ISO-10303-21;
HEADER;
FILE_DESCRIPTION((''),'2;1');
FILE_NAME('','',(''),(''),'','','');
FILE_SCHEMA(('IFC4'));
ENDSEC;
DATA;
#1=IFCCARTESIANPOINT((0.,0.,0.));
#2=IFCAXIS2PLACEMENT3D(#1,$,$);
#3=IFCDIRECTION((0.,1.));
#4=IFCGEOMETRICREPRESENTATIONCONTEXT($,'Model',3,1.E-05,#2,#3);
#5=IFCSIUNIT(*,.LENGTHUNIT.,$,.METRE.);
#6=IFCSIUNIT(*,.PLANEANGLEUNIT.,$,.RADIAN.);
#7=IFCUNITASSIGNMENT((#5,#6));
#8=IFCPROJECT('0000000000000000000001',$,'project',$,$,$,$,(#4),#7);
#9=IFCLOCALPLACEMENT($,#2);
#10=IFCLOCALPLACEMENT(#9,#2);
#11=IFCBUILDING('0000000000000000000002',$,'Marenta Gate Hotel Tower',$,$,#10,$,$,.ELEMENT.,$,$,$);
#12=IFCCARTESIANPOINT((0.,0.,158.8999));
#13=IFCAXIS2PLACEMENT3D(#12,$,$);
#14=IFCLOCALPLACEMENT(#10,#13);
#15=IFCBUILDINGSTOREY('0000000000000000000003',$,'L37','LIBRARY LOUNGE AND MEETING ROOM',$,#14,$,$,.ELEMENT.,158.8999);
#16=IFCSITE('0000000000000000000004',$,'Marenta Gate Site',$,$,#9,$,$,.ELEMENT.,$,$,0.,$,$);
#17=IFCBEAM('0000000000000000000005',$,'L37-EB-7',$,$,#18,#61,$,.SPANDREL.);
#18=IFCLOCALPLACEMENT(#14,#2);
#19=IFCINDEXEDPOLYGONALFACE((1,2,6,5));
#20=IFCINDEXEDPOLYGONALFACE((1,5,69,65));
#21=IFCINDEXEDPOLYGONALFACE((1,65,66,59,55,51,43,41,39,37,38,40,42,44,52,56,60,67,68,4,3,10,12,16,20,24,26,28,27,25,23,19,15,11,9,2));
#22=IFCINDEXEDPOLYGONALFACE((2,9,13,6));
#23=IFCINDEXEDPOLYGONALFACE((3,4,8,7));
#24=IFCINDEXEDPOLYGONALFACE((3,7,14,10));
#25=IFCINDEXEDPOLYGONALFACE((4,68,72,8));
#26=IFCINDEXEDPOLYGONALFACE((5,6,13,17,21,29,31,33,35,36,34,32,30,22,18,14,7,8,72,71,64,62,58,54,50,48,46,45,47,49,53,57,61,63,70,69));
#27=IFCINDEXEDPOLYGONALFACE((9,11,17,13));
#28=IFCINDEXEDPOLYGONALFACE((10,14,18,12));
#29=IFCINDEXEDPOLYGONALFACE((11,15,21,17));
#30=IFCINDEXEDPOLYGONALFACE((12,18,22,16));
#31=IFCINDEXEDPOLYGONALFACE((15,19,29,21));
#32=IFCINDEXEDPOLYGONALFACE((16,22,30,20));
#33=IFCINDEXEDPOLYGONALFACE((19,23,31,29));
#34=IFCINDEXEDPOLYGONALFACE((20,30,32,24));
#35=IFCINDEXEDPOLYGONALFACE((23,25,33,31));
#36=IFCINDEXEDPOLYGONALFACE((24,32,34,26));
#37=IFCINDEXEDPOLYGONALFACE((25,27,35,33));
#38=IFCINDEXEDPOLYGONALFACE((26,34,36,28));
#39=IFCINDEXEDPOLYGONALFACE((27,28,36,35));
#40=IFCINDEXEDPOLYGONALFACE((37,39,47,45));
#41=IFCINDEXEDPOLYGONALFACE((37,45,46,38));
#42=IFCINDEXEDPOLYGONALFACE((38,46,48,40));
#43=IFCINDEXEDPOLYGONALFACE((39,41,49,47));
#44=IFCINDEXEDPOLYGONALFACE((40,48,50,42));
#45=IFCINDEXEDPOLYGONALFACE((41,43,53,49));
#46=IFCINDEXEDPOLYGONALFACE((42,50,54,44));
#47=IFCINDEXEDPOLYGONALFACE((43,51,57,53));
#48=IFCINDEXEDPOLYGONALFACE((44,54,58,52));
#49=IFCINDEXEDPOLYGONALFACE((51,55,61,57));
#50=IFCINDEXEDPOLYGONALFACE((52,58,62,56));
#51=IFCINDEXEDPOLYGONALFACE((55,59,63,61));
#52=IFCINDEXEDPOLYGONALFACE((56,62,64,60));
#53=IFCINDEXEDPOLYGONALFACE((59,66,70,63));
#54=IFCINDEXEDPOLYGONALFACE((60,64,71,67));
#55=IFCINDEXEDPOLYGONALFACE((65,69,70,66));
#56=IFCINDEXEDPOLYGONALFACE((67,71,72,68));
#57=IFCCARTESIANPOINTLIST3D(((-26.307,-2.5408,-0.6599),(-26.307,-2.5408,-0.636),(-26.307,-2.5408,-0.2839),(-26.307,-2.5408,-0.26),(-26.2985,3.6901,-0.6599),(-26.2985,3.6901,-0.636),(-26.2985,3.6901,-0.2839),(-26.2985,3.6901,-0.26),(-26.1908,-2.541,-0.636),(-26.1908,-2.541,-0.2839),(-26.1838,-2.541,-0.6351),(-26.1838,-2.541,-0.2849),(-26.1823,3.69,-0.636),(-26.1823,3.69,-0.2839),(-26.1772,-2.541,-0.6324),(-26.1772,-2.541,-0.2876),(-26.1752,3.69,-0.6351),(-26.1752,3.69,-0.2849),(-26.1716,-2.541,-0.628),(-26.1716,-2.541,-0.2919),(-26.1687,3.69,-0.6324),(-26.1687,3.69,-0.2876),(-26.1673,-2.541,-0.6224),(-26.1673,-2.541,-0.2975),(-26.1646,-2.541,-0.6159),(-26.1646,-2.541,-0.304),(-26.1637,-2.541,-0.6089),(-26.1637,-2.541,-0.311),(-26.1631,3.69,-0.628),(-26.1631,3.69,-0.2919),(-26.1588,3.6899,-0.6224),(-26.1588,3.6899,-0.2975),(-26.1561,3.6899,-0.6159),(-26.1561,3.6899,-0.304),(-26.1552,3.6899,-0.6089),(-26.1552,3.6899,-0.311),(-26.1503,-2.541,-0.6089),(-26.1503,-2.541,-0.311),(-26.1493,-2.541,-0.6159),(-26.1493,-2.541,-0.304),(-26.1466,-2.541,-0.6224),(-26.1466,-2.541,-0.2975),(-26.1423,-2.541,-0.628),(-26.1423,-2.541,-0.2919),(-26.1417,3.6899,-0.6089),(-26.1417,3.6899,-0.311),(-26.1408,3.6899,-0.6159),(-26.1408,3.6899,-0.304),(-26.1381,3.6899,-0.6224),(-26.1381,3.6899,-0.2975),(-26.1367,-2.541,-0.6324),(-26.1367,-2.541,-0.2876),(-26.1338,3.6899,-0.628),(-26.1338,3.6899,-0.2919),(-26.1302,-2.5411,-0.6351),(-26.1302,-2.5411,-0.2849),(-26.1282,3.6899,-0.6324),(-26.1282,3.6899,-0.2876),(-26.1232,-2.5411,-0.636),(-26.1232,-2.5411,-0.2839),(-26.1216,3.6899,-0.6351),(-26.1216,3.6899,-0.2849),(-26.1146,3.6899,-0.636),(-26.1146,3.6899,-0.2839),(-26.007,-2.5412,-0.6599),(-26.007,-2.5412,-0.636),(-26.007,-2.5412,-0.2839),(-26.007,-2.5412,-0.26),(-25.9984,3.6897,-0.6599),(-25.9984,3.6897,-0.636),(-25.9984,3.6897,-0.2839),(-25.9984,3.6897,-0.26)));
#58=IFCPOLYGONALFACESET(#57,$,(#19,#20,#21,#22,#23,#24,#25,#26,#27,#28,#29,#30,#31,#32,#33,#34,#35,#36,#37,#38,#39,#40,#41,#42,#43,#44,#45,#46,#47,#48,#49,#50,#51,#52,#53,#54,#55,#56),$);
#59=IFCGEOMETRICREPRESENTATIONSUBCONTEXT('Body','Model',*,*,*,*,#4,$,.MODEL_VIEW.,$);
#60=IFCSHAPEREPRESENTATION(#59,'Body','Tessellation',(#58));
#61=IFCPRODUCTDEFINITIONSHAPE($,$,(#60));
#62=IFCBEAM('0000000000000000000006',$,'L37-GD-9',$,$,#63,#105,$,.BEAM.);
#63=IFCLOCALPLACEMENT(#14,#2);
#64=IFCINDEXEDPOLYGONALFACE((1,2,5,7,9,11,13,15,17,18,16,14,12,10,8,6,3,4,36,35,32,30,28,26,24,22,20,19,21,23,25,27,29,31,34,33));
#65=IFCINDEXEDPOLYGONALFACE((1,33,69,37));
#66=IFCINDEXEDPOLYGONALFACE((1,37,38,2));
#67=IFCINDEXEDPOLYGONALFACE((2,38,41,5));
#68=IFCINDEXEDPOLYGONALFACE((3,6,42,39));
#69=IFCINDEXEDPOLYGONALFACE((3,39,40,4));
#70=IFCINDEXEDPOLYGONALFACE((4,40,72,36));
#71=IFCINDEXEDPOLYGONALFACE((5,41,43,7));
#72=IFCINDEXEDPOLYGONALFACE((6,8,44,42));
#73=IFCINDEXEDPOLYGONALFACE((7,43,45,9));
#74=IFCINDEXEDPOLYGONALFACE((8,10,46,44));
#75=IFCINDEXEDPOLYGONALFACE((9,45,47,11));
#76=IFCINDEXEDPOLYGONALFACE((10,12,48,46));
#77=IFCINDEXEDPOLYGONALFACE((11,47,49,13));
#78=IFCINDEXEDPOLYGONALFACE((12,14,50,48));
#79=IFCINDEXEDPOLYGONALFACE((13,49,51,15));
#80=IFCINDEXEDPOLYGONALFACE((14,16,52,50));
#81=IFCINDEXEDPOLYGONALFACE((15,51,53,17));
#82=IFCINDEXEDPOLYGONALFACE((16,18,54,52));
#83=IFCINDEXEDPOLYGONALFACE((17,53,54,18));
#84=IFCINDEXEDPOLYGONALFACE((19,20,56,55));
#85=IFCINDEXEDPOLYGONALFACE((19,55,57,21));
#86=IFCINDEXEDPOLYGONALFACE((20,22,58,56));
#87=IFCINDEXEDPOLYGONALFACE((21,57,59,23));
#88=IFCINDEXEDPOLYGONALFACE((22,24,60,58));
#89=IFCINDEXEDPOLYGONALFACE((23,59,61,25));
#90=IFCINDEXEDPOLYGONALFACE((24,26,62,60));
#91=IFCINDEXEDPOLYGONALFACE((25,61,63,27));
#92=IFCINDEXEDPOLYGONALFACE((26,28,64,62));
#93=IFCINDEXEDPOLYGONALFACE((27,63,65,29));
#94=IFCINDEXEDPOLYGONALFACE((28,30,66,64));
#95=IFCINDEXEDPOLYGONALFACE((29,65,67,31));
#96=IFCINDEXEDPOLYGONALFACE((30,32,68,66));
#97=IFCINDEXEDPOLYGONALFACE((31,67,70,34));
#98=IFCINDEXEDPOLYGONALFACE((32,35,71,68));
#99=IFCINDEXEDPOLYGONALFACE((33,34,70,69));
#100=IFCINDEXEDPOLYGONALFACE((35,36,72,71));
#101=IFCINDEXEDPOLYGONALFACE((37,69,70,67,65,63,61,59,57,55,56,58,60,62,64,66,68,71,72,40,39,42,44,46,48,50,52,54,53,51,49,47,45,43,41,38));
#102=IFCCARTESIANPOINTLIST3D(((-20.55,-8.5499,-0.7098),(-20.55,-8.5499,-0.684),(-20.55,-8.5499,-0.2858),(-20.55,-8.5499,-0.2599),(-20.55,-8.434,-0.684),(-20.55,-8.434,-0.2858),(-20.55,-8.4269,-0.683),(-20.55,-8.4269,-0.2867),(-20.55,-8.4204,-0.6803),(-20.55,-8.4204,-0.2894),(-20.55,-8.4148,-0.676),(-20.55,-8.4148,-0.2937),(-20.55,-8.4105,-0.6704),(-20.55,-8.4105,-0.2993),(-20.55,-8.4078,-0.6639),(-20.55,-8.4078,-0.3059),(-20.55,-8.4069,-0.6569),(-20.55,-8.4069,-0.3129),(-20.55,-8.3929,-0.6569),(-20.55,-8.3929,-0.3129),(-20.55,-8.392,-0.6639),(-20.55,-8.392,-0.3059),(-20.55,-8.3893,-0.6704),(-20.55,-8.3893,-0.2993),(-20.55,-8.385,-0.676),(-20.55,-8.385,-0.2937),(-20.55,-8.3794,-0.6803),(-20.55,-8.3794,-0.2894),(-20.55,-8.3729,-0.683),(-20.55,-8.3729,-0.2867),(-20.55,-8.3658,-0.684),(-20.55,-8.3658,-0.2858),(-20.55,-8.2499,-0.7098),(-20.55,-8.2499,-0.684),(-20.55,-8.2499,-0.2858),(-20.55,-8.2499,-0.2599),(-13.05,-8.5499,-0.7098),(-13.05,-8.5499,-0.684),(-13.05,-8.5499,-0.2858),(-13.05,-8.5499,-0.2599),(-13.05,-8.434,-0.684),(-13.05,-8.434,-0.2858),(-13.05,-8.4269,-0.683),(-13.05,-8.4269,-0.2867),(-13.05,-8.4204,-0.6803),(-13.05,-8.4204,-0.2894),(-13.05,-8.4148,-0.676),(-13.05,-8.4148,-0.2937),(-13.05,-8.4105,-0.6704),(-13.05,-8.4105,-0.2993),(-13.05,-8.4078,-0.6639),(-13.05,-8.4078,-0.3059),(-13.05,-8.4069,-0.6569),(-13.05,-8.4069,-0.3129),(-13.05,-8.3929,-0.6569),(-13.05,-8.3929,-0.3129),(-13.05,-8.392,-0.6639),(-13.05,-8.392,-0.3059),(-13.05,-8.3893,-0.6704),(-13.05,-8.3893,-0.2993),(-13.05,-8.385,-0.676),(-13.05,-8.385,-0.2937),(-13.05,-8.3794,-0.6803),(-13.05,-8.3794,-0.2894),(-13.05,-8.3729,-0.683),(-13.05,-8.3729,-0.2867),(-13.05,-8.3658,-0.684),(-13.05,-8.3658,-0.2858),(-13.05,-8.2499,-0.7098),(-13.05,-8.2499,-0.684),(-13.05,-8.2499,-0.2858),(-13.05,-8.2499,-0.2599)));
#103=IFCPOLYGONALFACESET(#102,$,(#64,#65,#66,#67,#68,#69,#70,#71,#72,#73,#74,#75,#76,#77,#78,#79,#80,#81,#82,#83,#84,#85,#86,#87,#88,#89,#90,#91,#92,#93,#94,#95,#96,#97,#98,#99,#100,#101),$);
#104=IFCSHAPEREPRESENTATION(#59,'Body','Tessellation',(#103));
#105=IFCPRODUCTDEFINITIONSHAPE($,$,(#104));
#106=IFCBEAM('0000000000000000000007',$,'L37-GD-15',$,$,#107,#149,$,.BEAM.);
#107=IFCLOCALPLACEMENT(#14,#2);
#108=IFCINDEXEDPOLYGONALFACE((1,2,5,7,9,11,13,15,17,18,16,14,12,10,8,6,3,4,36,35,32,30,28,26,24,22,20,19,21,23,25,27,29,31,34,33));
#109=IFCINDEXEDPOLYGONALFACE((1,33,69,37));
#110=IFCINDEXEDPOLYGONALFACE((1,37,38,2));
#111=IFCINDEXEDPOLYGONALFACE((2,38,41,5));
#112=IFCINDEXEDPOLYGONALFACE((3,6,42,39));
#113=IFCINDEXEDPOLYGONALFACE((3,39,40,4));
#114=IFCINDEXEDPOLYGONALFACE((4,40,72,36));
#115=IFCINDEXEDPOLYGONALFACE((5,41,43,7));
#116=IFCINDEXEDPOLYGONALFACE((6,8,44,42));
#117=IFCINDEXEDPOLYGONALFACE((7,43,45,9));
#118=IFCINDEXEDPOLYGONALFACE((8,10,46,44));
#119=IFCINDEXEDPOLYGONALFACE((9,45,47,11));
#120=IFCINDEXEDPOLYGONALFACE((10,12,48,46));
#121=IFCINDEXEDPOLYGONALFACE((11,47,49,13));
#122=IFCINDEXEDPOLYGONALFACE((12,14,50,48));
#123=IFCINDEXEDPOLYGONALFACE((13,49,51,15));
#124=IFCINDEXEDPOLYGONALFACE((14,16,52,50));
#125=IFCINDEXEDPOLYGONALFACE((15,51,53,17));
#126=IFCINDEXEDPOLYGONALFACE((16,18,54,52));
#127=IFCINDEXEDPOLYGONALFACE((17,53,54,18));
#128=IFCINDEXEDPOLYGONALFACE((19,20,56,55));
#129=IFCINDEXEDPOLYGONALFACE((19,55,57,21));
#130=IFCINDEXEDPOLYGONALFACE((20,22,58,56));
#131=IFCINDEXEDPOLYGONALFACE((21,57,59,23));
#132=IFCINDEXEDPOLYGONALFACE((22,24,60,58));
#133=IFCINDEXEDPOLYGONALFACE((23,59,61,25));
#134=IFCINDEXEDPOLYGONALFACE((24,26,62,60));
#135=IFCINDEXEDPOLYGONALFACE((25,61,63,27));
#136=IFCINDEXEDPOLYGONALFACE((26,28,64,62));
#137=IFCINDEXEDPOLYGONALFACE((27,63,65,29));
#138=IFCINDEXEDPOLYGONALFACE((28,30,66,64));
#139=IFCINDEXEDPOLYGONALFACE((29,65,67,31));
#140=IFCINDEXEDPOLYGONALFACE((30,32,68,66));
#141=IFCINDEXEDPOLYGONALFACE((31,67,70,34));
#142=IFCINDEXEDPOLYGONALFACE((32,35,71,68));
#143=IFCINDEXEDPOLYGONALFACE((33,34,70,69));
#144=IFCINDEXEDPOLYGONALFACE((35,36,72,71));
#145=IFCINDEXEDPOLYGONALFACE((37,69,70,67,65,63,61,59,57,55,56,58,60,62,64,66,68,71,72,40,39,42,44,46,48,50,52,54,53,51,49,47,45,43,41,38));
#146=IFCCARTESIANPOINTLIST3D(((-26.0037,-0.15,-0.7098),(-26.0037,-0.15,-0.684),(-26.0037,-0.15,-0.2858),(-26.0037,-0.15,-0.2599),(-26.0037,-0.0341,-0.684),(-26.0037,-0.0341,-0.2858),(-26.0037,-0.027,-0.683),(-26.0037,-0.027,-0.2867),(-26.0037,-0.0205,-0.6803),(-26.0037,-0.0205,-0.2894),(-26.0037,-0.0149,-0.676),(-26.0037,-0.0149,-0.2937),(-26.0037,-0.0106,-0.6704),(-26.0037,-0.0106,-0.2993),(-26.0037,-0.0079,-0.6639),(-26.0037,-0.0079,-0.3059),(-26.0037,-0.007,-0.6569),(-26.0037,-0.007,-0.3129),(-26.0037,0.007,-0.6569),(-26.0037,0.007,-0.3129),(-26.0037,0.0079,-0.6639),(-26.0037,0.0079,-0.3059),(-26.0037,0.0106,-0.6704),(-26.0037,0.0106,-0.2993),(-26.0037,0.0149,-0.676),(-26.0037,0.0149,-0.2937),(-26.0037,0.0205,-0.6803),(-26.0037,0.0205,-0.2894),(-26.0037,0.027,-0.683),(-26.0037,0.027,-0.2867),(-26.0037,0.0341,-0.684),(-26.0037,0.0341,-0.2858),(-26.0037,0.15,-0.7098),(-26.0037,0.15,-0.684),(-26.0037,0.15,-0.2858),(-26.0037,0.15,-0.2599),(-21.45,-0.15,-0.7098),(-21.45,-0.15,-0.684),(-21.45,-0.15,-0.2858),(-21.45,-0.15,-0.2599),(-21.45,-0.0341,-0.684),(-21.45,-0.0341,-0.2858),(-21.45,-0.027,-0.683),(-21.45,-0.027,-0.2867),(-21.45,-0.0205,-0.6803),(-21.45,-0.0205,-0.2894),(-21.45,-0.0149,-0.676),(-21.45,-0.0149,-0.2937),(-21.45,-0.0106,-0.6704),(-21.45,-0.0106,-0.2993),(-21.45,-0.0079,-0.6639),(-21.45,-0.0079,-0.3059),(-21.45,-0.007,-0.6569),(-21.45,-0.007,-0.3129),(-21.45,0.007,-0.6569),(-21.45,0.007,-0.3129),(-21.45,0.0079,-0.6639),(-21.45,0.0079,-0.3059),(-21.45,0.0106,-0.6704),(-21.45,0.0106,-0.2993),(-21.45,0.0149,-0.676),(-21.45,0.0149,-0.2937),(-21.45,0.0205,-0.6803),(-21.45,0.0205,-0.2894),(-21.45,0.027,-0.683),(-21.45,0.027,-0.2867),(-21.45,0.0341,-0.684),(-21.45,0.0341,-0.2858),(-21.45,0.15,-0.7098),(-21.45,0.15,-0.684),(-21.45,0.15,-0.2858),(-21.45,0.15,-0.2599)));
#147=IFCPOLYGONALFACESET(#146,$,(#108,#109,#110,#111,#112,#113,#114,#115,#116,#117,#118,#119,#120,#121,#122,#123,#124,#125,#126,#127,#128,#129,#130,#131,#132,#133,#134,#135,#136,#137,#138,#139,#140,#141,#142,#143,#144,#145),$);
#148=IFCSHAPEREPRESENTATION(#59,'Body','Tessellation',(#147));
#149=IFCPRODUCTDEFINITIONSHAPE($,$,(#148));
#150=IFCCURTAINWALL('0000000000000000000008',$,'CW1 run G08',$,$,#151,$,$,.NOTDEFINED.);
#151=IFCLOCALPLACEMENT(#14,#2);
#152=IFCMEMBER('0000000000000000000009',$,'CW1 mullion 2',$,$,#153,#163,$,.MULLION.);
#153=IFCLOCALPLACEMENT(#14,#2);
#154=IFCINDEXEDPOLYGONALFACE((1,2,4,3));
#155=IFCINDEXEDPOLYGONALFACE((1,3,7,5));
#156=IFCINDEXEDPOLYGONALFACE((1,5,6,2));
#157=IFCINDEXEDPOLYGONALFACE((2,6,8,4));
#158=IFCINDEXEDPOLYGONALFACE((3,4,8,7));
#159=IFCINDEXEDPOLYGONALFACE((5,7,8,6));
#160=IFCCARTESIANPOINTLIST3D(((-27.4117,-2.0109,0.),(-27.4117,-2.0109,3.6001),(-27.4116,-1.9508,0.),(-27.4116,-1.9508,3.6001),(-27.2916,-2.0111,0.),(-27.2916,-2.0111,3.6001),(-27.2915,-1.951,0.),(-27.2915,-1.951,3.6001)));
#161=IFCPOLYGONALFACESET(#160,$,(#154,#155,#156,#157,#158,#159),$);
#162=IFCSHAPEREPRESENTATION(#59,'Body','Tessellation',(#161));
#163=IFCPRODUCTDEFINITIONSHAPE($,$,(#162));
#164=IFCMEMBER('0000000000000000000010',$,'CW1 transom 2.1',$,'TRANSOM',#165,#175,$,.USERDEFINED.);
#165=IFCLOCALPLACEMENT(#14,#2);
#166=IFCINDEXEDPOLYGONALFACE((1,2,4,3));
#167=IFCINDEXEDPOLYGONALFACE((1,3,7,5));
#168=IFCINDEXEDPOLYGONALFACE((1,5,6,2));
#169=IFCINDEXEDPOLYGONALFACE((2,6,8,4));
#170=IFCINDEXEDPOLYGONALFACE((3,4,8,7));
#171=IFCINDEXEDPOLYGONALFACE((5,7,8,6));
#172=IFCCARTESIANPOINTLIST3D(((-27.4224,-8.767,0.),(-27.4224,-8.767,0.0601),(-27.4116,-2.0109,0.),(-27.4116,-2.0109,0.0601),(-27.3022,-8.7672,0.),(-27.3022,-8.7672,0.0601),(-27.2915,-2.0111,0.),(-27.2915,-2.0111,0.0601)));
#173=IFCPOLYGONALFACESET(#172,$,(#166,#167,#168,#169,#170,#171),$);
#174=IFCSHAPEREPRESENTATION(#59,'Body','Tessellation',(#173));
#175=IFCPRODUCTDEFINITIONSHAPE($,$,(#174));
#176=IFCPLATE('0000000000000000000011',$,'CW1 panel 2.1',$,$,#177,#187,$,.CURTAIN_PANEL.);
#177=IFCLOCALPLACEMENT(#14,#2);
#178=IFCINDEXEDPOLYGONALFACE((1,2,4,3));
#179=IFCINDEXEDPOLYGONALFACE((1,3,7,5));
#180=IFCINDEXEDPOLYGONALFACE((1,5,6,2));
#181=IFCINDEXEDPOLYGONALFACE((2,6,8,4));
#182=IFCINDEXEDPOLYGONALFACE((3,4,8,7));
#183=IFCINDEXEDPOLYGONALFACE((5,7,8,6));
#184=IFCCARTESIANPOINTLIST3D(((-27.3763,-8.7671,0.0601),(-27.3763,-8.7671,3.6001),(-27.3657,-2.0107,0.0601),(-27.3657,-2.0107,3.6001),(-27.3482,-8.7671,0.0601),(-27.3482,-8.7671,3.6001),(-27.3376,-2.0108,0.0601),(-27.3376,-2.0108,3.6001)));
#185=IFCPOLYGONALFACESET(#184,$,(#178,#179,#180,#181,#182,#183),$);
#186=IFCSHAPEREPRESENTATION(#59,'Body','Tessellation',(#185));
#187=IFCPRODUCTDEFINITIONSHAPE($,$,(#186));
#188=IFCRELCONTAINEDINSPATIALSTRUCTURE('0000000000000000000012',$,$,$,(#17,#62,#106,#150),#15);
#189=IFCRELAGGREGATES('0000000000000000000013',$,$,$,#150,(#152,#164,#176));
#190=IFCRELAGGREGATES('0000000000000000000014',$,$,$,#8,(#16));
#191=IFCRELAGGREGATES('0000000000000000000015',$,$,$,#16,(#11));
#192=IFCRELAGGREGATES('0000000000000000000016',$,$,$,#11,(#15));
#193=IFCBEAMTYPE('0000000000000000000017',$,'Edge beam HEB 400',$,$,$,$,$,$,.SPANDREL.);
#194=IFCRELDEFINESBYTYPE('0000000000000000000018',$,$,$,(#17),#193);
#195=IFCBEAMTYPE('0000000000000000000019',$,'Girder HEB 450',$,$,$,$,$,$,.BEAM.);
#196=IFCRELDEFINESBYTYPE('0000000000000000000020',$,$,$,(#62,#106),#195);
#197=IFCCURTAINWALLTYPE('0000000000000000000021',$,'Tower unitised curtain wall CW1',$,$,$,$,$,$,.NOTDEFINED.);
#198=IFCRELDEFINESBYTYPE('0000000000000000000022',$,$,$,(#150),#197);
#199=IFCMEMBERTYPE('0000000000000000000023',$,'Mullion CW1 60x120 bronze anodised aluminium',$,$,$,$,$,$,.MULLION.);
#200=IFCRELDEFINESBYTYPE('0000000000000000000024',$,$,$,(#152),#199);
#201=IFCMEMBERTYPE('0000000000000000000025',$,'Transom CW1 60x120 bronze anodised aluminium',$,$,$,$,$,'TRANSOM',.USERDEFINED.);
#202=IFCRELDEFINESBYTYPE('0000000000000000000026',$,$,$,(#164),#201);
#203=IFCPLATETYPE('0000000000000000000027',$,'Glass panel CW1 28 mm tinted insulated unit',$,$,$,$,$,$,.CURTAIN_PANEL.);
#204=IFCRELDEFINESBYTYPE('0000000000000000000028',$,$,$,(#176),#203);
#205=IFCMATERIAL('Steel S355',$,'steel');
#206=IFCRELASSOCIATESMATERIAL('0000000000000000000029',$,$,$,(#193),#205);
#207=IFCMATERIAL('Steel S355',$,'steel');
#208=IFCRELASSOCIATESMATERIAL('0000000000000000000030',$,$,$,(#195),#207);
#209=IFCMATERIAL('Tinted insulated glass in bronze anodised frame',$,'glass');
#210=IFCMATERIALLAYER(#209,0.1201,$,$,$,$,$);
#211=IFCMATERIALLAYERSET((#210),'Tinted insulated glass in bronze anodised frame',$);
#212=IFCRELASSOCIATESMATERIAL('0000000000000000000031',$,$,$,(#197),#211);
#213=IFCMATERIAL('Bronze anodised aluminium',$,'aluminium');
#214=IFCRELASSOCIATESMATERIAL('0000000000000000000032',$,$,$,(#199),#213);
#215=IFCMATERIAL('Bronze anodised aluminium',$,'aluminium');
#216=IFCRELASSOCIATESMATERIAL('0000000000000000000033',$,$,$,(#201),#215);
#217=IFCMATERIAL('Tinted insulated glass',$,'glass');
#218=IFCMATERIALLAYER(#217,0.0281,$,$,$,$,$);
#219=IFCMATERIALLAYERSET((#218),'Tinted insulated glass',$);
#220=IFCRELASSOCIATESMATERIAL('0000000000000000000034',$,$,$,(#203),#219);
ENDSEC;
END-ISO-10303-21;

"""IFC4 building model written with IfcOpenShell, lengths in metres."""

from ifc_helpers import new_model, si_unit, direction, frame, origin, origin_2d, place, context, subcontext, project, spatial, rectangle, i_section, extrude, material, layer, layer_set, material_profile, profile_set, type_object, element, aggregate, save


model = new_model("IFC4")

# Units and contexts
model_context = context("Model", 3, precision=1e-05, world=origin(), true_north=direction((0.0, 1.0)))
body_context = subcontext(model_context, "Body", "Model", "MODEL_VIEW")
ifc_project = project(units=[si_unit("LENGTHUNIT", "METRE"), si_unit("PLANEANGLEUNIT", "RADIAN")], contexts=[model_context])

# Site, building, storey
site_placement = place(None, origin())
site = spatial("IfcSite", under=ifc_project, at=site_placement, Name="Marenta Gate Site", CompositionType="ELEMENT", RefElevation=0.0)
building_placement = place(site_placement, origin())
building = spatial("IfcBuilding", under=site, at=building_placement, Name="Marenta Gate Hotel Tower", CompositionType="ELEMENT")
storey_placement = place(building_placement, frame((0.0, 0.0, 158.8999)))
storey = spatial("IfcBuildingStorey", under=building, at=storey_placement, Name="L37", Description="LIBRARY LOUNGE AND MEETING ROOM", CompositionType="ELEMENT", Elevation=158.8999)

# Beams
ifc_material_1 = material(Name="Steel S355", Category="steel")
ifc_material_profile_1 = material_profile(ifc_material_1, i_section(OverallWidth=0.3, OverallDepth=0.3999, WebThickness=0.0134, FlangeThickness=0.0239, FilletRadius=0.0271, at=origin_2d()), Name="HEB 400")
ifc_profile_set_1 = profile_set([ifc_material_profile_1], Name="Steel S355")
beam_type_1 = type_object("IfcBeamType", Name="Edge beam HEB 400", PredefinedType="SPANDREL", material=ifc_profile_set_1)
beam_1_placement = place(storey_placement, frame((-26.157, -2.541, -0.46), z_axis=(0.001371, 0.999999, 0.0), x_axis=(-0.999999, 0.001371, 0.0)))
element("IfcBeam", 1, at=beam_1_placement, inside=storey, type_object=beam_type_1, Name="L37-EB-7", PredefinedType="SPANDREL", context=body_context, shape_type="SweptSolid", body=[
    extrude(i_section(OverallWidth=0.3, OverallDepth=0.3999, WebThickness=0.0134, FlangeThickness=0.0239, FilletRadius=0.0271, at=origin_2d()), origin(), (0.0, 0.0, 1.0), 6.231),
])
ifc_material_2 = material(Name="Steel S355", Category="steel")
ifc_material_profile_2 = material_profile(ifc_material_2, i_section(OverallWidth=0.3, OverallDepth=0.45, WebThickness=0.0139, FlangeThickness=0.0259, FilletRadius=0.0271, at=origin_2d()), Name="HEB 450")
ifc_profile_set_2 = profile_set([ifc_material_profile_2], Name="Steel S355")
beam_type_2 = type_object("IfcBeamType", Name="Girder HEB 450", PredefinedType="BEAM", material=ifc_profile_set_2)
beam_2_placement = place(storey_placement, frame((-20.55, -8.3999, -0.4849), z_axis=(1.0, 0.0, 0.0), x_axis=(0.0, 1.0, 0.0)))
element("IfcBeam", 2, at=beam_2_placement, inside=storey, type_object=beam_type_2, Name="L37-GD-9", PredefinedType="BEAM", context=body_context, shape_type="SweptSolid", body=[
    extrude(i_section(OverallWidth=0.3, OverallDepth=0.45, WebThickness=0.0139, FlangeThickness=0.0259, FilletRadius=0.0271, at=origin_2d()), origin(), (0.0, 0.0, 1.0), 7.5),
])
beam_3_placement = place(storey_placement, frame((-26.0037, 0.0, -0.4849), z_axis=(1.0, 0.0, 0.0), x_axis=(0.0, 1.0, 0.0)))
element("IfcBeam", 3, at=beam_3_placement, inside=storey, type_object=beam_type_2, Name="L37-GD-15", PredefinedType="BEAM", context=body_context, shape_type="SweptSolid", body=[
    extrude(i_section(OverallWidth=0.3, OverallDepth=0.45, WebThickness=0.0139, FlangeThickness=0.0259, FilletRadius=0.0271, at=origin_2d()), origin(), (0.0, 0.0, 1.0), 4.5537),
])

# Curtain wall, members, plate
ifc_material_3 = material(Name="Tinted insulated glass in bronze anodised frame", Category="glass")
ifc_layer_1 = layer(ifc_material_3, 0.1201)
ifc_layer_set_1 = layer_set([ifc_layer_1], Name="Tinted insulated glass in bronze anodised frame")
curtain_wall_type = type_object("IfcCurtainWallType", Name="Tower unitised curtain wall CW1", PredefinedType="NOTDEFINED", material=ifc_layer_set_1)
curtain_wall_placement = place(storey_placement, origin())
curtain_wall = element("IfcCurtainWall", 4, at=curtain_wall_placement, inside=storey, type_object=curtain_wall_type, Name="CW1 run G08", PredefinedType="NOTDEFINED")
ifc_material_4 = material(Name="Bronze anodised aluminium", Category="aluminium")
ifc_material_profile_3 = material_profile(ifc_material_4, rectangle(XDim=0.1201, YDim=0.0601, at=origin_2d()), Name="Mullion CW1 60x120 bronze anodised aluminium")
ifc_profile_set_3 = profile_set([ifc_material_profile_3], Name="Bronze anodised aluminium")
member_type_1 = type_object("IfcMemberType", Name="Mullion CW1 60x120 bronze anodised aluminium", PredefinedType="MULLION", material=ifc_profile_set_3)
member_1_placement = place(storey_placement, frame((-27.3516, -1.981, 0.0), z_axis=(0.0, 0.0, 1.0), x_axis=(0.999999, -0.001565, 0.0)))
member_1 = element("IfcMember", 5, at=member_1_placement, type_object=member_type_1, Name="CW1 mullion 2", PredefinedType="MULLION", context=body_context, shape_type="SweptSolid", body=[
    extrude(rectangle(XDim=0.1201, YDim=0.0601, at=origin_2d()), origin(), (0.0, 0.0, 1.0), 3.6001),
])
ifc_material_5 = material(Name="Bronze anodised aluminium", Category="aluminium")
ifc_material_profile_4 = material_profile(ifc_material_5, rectangle(XDim=0.1201, YDim=0.0601, at=origin_2d()), Name="Transom CW1 60x120 bronze anodised aluminium")
ifc_profile_set_4 = profile_set([ifc_material_profile_4], Name="Bronze anodised aluminium")
member_type_2 = type_object("IfcMemberType", Name="Transom CW1 60x120 bronze anodised aluminium", ElementType="TRANSOM", PredefinedType="USERDEFINED", material=ifc_profile_set_4)
member_2_placement = place(storey_placement, frame((-27.3516, -2.011, 0.03), z_axis=(-0.00159, -0.999999, 0.0), x_axis=(0.999999, -0.00159, 0.0)))
member_2 = element("IfcMember", 6, at=member_2_placement, type_object=member_type_2, Name="CW1 transom 2.1", ObjectType="TRANSOM", PredefinedType="USERDEFINED", context=body_context, shape_type="SweptSolid", body=[
    extrude(rectangle(XDim=0.1201, YDim=0.0601, at=origin_2d()), origin(), (0.0, 0.0, 1.0), 6.7561),
])
ifc_material_6 = material(Name="Tinted insulated glass", Category="glass")
ifc_layer_2 = layer(ifc_material_6, 0.0281)
ifc_layer_set_2 = layer_set([ifc_layer_2], Name="Tinted insulated glass")
plate_type = type_object("IfcPlateType", Name="Glass panel CW1 28 mm tinted insulated unit", PredefinedType="CURTAIN_PANEL", material=ifc_layer_set_2)
plate_placement = place(storey_placement, frame((-27.3569, -5.3889, 0.0601), z_axis=(0.0, 0.0, 1.0), x_axis=(-0.001565, -0.999999, 0.0)))
plate = element("IfcPlate", 7, at=plate_placement, type_object=plate_type, Name="CW1 panel 2.1", PredefinedType="CURTAIN_PANEL", context=body_context, shape_type="SweptSolid", body=[
    extrude(rectangle(XDim=6.7563, YDim=0.0281, at=origin_2d()), origin(), (0.0, 0.0, 1.0), 3.54),
])
aggregate(curtain_wall, [member_1, member_2, plate])

save(model, "model.ifc")
